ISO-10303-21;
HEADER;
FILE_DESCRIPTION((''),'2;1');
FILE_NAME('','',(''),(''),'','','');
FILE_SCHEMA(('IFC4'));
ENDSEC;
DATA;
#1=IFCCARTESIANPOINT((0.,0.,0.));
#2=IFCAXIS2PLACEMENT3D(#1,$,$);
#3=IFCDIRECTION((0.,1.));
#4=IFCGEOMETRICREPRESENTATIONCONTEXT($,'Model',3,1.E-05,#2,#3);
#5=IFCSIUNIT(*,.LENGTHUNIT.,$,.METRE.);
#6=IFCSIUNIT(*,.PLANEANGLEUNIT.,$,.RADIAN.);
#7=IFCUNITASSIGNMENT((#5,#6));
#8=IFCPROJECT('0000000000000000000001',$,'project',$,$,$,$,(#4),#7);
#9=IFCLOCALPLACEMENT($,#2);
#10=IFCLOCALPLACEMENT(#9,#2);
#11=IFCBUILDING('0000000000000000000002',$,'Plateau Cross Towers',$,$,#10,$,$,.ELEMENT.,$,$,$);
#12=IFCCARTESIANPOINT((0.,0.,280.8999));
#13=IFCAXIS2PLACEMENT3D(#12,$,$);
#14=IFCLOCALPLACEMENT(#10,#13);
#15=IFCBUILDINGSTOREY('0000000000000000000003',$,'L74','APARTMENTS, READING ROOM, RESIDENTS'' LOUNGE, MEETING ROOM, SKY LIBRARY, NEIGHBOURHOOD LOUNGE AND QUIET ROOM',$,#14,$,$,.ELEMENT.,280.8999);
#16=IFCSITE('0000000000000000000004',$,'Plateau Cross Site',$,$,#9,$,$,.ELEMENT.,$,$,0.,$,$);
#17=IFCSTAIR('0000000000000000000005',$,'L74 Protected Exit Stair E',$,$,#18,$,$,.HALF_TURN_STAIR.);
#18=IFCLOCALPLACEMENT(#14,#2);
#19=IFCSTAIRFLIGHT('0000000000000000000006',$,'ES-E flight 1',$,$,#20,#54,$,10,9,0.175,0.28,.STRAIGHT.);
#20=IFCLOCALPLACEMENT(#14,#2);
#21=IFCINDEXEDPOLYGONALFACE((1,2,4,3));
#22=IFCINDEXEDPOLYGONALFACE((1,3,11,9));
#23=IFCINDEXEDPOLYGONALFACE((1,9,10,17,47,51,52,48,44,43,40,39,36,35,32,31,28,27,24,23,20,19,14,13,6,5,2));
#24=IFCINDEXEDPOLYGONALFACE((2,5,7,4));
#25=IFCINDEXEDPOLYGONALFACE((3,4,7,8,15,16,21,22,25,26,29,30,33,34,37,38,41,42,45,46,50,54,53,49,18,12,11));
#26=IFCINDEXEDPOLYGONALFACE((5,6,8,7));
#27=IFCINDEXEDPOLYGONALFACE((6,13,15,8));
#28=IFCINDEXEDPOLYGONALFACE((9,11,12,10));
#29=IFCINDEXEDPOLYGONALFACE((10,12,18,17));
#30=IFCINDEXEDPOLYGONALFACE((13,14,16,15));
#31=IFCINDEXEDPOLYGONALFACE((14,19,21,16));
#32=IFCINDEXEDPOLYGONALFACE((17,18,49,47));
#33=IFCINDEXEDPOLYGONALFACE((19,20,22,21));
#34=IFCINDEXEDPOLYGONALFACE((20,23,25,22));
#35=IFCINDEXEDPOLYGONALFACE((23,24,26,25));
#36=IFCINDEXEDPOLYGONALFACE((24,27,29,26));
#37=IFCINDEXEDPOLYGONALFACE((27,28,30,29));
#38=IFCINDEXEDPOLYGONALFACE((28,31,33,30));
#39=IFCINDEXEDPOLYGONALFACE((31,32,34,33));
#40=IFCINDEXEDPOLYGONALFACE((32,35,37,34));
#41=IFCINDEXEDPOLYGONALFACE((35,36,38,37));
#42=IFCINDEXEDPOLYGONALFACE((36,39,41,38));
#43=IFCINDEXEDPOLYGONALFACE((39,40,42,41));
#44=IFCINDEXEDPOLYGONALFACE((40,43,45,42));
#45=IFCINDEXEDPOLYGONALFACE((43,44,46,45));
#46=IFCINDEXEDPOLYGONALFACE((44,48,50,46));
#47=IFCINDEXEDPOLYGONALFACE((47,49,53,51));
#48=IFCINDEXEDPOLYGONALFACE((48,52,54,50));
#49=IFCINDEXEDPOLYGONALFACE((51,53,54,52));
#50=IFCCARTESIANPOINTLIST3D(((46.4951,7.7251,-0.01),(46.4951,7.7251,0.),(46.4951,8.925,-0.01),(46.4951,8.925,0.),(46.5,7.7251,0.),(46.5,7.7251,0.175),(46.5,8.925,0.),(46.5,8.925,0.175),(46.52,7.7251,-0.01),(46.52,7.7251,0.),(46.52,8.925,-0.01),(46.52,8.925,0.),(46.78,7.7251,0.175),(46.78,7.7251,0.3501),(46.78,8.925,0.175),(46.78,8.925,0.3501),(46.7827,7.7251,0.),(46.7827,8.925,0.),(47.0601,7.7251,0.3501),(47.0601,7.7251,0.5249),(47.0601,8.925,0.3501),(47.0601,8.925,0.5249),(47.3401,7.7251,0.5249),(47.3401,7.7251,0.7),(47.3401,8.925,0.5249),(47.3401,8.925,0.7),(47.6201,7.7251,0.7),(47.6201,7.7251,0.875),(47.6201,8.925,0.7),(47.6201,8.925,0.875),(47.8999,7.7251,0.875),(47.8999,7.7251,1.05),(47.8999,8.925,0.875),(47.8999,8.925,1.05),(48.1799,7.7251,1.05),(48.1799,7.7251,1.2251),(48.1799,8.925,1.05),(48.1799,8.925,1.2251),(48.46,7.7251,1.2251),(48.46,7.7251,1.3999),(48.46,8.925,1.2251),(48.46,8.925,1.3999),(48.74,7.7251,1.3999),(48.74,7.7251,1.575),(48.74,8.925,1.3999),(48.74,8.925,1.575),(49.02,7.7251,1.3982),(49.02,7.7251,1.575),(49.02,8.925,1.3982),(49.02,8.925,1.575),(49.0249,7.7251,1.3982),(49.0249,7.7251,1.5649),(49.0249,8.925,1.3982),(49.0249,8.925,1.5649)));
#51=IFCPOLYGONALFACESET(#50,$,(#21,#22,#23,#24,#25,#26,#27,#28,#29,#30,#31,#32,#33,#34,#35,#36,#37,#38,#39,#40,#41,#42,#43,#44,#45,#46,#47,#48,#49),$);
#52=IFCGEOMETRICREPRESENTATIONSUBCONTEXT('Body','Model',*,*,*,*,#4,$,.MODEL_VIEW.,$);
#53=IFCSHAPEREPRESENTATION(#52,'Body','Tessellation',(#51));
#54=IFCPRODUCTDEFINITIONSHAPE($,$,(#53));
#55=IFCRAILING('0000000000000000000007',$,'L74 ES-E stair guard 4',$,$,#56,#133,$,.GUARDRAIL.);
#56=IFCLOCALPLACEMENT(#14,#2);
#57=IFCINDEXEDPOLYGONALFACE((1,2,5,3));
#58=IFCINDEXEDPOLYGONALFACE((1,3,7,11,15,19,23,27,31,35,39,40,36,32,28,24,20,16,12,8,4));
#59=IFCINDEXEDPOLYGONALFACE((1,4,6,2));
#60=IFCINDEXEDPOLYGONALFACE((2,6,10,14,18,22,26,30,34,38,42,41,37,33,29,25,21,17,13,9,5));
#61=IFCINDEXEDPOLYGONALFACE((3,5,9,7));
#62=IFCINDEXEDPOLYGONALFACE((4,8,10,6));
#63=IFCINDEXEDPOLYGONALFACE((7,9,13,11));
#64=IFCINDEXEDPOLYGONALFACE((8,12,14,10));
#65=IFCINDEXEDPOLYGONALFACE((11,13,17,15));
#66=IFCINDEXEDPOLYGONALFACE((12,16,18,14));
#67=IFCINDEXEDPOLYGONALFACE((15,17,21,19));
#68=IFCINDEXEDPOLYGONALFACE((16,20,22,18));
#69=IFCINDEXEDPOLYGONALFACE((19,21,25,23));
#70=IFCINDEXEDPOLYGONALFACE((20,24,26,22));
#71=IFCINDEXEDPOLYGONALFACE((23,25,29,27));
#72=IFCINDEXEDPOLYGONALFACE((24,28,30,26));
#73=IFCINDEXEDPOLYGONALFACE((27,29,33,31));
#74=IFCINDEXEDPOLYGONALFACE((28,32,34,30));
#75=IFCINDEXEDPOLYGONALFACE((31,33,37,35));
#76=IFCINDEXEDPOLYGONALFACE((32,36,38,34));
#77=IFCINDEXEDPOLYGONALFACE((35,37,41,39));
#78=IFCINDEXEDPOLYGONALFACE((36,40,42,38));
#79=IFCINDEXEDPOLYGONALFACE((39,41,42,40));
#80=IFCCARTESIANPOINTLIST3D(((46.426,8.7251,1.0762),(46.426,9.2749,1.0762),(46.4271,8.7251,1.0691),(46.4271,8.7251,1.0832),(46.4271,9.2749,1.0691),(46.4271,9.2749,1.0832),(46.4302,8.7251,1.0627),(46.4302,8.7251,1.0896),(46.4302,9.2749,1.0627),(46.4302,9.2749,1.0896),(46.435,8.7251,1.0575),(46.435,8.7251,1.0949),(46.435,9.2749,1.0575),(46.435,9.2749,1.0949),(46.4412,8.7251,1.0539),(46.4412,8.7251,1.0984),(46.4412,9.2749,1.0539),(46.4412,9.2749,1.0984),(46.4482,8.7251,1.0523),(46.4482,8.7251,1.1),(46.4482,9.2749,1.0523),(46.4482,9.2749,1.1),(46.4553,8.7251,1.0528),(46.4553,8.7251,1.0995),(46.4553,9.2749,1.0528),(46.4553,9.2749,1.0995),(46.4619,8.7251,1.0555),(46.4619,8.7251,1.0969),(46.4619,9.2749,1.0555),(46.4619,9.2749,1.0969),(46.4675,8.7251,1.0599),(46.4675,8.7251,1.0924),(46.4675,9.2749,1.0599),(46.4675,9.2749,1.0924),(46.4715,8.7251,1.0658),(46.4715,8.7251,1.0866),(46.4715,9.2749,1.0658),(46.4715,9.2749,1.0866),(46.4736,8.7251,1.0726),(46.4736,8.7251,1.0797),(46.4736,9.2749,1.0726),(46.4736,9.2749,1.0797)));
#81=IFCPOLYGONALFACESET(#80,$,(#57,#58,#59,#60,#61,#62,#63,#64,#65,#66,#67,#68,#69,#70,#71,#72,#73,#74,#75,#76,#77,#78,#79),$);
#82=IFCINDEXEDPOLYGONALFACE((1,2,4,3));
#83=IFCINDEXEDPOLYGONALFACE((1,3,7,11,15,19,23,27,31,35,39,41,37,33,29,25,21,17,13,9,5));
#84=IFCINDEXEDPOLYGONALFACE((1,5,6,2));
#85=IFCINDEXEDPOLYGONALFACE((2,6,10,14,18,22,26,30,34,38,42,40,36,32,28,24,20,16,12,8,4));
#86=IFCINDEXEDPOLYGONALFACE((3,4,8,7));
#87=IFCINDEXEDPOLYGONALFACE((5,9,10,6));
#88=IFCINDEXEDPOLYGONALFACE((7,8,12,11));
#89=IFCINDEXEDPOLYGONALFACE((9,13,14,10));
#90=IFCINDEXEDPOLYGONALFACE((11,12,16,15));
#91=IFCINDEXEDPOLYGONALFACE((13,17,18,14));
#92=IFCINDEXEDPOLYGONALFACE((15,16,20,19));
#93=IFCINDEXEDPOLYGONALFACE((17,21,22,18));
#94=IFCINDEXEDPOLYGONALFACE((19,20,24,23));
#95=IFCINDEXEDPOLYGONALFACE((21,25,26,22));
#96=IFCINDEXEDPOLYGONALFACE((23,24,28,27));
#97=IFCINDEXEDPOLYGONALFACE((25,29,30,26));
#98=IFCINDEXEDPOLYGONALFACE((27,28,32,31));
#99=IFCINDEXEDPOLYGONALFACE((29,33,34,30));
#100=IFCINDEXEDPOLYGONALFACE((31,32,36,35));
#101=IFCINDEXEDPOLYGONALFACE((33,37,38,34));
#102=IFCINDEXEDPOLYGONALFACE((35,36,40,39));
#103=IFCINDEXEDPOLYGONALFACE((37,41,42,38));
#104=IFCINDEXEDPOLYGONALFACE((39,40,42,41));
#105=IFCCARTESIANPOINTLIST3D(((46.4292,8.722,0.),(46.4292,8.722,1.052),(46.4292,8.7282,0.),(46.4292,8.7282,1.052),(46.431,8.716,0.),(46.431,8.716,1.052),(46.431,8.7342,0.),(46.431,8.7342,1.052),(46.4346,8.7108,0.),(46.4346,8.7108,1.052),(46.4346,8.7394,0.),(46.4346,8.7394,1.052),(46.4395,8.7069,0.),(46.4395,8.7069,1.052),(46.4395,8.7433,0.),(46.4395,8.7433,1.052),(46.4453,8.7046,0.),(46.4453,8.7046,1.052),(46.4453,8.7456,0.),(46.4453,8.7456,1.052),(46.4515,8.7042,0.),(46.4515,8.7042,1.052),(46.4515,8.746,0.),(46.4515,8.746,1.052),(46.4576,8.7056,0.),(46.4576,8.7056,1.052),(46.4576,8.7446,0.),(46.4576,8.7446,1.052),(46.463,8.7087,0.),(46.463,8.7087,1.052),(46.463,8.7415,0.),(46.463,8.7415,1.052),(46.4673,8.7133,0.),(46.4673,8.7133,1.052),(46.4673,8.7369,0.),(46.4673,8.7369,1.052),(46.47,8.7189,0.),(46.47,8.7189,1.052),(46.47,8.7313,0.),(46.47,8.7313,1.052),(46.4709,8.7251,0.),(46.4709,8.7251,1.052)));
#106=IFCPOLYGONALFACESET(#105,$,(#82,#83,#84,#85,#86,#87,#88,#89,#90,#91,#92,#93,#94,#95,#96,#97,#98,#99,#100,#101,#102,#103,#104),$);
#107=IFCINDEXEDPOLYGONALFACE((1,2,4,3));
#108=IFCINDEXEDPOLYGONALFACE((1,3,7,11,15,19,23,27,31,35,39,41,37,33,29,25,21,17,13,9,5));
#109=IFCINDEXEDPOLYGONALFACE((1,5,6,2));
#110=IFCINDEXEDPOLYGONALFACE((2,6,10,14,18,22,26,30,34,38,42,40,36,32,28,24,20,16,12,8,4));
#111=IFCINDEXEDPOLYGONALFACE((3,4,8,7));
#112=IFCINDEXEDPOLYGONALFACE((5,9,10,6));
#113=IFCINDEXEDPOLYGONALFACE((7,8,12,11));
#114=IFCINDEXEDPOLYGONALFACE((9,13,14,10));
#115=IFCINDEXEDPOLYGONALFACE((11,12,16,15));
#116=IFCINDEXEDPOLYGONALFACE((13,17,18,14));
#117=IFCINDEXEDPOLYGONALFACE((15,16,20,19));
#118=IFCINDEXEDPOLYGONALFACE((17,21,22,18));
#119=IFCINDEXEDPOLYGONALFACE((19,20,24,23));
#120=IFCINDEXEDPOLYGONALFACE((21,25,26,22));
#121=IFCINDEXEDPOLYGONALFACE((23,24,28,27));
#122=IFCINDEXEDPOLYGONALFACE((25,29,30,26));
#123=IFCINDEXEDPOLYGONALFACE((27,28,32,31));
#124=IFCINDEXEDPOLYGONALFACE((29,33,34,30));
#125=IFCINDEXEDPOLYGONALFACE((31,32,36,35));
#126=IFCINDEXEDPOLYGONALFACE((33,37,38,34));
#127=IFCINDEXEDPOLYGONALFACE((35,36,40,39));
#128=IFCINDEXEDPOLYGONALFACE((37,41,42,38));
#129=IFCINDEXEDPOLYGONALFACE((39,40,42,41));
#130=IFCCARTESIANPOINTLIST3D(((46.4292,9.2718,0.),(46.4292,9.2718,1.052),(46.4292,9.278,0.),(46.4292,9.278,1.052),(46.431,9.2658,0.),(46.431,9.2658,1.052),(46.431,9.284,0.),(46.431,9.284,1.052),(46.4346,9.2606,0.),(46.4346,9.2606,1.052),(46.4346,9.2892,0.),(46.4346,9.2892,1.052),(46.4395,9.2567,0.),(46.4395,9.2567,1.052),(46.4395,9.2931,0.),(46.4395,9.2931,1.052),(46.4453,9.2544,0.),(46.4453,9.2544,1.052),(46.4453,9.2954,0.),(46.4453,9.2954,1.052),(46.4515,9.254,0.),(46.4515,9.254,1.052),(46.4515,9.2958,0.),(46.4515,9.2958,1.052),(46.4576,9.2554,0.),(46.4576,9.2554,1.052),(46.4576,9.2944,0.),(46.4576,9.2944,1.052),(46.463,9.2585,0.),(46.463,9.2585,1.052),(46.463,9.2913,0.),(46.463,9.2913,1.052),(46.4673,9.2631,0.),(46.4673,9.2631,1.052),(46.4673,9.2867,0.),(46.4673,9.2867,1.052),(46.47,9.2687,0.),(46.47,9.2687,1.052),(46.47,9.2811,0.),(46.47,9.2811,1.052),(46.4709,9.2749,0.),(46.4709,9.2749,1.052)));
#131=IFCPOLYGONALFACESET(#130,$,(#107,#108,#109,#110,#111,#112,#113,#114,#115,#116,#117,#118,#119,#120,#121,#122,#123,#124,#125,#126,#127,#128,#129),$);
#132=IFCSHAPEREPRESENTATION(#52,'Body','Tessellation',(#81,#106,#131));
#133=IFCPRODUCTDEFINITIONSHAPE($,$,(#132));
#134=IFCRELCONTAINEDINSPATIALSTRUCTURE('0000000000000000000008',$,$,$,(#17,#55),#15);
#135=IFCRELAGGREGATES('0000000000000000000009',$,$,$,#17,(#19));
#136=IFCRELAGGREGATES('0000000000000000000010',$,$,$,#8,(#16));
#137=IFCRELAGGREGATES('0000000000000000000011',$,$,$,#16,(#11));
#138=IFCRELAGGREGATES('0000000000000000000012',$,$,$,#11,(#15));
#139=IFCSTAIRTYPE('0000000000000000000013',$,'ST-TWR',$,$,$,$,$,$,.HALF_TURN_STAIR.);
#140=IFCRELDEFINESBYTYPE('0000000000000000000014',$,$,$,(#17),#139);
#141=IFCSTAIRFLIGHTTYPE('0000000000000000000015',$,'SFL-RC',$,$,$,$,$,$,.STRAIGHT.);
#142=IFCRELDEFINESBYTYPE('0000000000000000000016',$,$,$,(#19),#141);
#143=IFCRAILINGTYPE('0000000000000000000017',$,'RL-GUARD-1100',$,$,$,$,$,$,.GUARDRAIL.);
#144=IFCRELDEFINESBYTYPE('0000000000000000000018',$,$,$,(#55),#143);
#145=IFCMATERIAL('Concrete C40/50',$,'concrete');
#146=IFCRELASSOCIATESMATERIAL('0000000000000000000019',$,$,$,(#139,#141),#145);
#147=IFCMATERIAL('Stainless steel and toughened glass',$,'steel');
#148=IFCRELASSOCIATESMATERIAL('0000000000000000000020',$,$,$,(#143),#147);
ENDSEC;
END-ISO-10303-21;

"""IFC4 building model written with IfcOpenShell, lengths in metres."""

from ifc_helpers import new_model, si_unit, direction, frame, origin, origin_2d, place, context, subcontext, project, spatial, polyline, circle, outline, extrude, material, type_object, element, aggregate, save


model = new_model("IFC4")

# Units and contexts
model_context = context("Model", 3, precision=1e-05, world=origin(), true_north=direction((0.0, 1.0)))
body_context = subcontext(model_context, "Body", "Model", "MODEL_VIEW")
ifc_project = project(units=[si_unit("LENGTHUNIT", "METRE"), si_unit("PLANEANGLEUNIT", "RADIAN")], contexts=[model_context])

# Site, building, storey
site_placement = place(None, origin())
site = spatial("IfcSite", under=ifc_project, at=site_placement, Name="Plateau Cross Site", CompositionType="ELEMENT", RefElevation=0.0)
building_placement = place(site_placement, origin())
building = spatial("IfcBuilding", under=site, at=building_placement, Name="Plateau Cross Towers", CompositionType="ELEMENT")
storey_placement = place(building_placement, frame((0.0, 0.0, 280.8999)))
storey = spatial("IfcBuildingStorey", under=building, at=storey_placement, Name="L74", Description="APARTMENTS, READING ROOM, RESIDENTS' LOUNGE, MEETING ROOM, SKY LIBRARY, NEIGHBOURHOOD LOUNGE AND QUIET ROOM", CompositionType="ELEMENT", Elevation=280.8999)

# Stair, stair flight
ifc_material_1 = material(Name="Concrete C40/50", Category="concrete")
stair_type = type_object("IfcStairType", Name="ST-TWR", PredefinedType="HALF_TURN_STAIR", material=ifc_material_1)
stair_placement = place(storey_placement, origin())
stair = element("IfcStair", 1, at=stair_placement, inside=storey, type_object=stair_type, Name="L74 Protected Exit Stair E", PredefinedType="HALF_TURN_STAIR")
stair_flight_type = type_object("IfcStairFlightType", Name="SFL-RC", PredefinedType="STRAIGHT", material=ifc_material_1)
stair_flight_placement = place(storey_placement, frame((46.5, 8.325, 0.0), z_axis=(0.0, 0.0, 1.0), x_axis=(1.0, 0.0, 0.0)))
stair_flight = element("IfcStairFlight", 2, at=stair_flight_placement, type_object=stair_flight_type, Name="ES-E flight 1", NumberOfRisers=10, NumberOfTreads=9, PredefinedType="STRAIGHT", RiserHeight=0.175, TreadLength=0.28, context=body_context, shape_type="SweptSolid", body=[
    extrude(outline(polyline([(-0.0049, -0.01), (-0.0049, 0.0), (0.0, 0.0), (0.0, 0.175), (0.28, 0.175), (0.28, 0.3501), (0.5601, 0.3501), (0.5601, 0.5249), (0.8401, 0.5249), (0.8401, 0.7), (1.1201, 0.7), (1.1201, 0.875), (1.3999, 0.875), (1.3999, 1.05), (1.6799, 1.05), (1.6799, 1.2251), (1.96, 1.2251), (1.96, 1.3999), (2.24, 1.3999), (2.24, 1.575), (2.52, 1.575), (2.5249, 1.5649), (2.5249, 1.3982), (2.52, 1.3982), (0.2827, 0.0), (0.02, 0.0), (0.02, -0.01), (-0.0049, -0.01)])), frame((0.0, 0.6001, 0.0), z_axis=(0.0, -1.0, 0.0), x_axis=(1.0, 0.0, 0.0)), (0.0, 0.0, 1.0), 1.2),
])
aggregate(stair, [stair_flight])

# Railing
ifc_material_2 = material(Name="Stainless steel and toughened glass", Category="steel")
railing_type_1 = type_object("IfcRailingType", Name="RL-GUARD-1100", PredefinedType="GUARDRAIL", material=ifc_material_2)
railing_1_placement = place(storey_placement, frame((46.45, 8.7251, 0.0)))
element("IfcRailing", 3, at=railing_1_placement, inside=storey, type_object=railing_type_1, Name="L74 ES-E stair guard 4", PredefinedType="GUARDRAIL", context=body_context, shape_type="SweptSolid", body=[
    extrude(circle(Radius=0.0239, at=origin_2d()), frame((0.0, 0.0, 1.0762), z_axis=(0.0, 1.0, 0.0), x_axis=(-1.0, 0.0, 0.0)), (0.0, 0.0, 1.0), 0.5498),
    extrude(circle(Radius=0.021, at=origin_2d()), origin(), (0.0, 0.0, 1.0), 1.052),
    extrude(circle(Radius=0.021, at=origin_2d()), frame((0.0, 0.5498, 0.0)), (0.0, 0.0, 1.0), 1.052),
])

save(model, "model.ifc")
